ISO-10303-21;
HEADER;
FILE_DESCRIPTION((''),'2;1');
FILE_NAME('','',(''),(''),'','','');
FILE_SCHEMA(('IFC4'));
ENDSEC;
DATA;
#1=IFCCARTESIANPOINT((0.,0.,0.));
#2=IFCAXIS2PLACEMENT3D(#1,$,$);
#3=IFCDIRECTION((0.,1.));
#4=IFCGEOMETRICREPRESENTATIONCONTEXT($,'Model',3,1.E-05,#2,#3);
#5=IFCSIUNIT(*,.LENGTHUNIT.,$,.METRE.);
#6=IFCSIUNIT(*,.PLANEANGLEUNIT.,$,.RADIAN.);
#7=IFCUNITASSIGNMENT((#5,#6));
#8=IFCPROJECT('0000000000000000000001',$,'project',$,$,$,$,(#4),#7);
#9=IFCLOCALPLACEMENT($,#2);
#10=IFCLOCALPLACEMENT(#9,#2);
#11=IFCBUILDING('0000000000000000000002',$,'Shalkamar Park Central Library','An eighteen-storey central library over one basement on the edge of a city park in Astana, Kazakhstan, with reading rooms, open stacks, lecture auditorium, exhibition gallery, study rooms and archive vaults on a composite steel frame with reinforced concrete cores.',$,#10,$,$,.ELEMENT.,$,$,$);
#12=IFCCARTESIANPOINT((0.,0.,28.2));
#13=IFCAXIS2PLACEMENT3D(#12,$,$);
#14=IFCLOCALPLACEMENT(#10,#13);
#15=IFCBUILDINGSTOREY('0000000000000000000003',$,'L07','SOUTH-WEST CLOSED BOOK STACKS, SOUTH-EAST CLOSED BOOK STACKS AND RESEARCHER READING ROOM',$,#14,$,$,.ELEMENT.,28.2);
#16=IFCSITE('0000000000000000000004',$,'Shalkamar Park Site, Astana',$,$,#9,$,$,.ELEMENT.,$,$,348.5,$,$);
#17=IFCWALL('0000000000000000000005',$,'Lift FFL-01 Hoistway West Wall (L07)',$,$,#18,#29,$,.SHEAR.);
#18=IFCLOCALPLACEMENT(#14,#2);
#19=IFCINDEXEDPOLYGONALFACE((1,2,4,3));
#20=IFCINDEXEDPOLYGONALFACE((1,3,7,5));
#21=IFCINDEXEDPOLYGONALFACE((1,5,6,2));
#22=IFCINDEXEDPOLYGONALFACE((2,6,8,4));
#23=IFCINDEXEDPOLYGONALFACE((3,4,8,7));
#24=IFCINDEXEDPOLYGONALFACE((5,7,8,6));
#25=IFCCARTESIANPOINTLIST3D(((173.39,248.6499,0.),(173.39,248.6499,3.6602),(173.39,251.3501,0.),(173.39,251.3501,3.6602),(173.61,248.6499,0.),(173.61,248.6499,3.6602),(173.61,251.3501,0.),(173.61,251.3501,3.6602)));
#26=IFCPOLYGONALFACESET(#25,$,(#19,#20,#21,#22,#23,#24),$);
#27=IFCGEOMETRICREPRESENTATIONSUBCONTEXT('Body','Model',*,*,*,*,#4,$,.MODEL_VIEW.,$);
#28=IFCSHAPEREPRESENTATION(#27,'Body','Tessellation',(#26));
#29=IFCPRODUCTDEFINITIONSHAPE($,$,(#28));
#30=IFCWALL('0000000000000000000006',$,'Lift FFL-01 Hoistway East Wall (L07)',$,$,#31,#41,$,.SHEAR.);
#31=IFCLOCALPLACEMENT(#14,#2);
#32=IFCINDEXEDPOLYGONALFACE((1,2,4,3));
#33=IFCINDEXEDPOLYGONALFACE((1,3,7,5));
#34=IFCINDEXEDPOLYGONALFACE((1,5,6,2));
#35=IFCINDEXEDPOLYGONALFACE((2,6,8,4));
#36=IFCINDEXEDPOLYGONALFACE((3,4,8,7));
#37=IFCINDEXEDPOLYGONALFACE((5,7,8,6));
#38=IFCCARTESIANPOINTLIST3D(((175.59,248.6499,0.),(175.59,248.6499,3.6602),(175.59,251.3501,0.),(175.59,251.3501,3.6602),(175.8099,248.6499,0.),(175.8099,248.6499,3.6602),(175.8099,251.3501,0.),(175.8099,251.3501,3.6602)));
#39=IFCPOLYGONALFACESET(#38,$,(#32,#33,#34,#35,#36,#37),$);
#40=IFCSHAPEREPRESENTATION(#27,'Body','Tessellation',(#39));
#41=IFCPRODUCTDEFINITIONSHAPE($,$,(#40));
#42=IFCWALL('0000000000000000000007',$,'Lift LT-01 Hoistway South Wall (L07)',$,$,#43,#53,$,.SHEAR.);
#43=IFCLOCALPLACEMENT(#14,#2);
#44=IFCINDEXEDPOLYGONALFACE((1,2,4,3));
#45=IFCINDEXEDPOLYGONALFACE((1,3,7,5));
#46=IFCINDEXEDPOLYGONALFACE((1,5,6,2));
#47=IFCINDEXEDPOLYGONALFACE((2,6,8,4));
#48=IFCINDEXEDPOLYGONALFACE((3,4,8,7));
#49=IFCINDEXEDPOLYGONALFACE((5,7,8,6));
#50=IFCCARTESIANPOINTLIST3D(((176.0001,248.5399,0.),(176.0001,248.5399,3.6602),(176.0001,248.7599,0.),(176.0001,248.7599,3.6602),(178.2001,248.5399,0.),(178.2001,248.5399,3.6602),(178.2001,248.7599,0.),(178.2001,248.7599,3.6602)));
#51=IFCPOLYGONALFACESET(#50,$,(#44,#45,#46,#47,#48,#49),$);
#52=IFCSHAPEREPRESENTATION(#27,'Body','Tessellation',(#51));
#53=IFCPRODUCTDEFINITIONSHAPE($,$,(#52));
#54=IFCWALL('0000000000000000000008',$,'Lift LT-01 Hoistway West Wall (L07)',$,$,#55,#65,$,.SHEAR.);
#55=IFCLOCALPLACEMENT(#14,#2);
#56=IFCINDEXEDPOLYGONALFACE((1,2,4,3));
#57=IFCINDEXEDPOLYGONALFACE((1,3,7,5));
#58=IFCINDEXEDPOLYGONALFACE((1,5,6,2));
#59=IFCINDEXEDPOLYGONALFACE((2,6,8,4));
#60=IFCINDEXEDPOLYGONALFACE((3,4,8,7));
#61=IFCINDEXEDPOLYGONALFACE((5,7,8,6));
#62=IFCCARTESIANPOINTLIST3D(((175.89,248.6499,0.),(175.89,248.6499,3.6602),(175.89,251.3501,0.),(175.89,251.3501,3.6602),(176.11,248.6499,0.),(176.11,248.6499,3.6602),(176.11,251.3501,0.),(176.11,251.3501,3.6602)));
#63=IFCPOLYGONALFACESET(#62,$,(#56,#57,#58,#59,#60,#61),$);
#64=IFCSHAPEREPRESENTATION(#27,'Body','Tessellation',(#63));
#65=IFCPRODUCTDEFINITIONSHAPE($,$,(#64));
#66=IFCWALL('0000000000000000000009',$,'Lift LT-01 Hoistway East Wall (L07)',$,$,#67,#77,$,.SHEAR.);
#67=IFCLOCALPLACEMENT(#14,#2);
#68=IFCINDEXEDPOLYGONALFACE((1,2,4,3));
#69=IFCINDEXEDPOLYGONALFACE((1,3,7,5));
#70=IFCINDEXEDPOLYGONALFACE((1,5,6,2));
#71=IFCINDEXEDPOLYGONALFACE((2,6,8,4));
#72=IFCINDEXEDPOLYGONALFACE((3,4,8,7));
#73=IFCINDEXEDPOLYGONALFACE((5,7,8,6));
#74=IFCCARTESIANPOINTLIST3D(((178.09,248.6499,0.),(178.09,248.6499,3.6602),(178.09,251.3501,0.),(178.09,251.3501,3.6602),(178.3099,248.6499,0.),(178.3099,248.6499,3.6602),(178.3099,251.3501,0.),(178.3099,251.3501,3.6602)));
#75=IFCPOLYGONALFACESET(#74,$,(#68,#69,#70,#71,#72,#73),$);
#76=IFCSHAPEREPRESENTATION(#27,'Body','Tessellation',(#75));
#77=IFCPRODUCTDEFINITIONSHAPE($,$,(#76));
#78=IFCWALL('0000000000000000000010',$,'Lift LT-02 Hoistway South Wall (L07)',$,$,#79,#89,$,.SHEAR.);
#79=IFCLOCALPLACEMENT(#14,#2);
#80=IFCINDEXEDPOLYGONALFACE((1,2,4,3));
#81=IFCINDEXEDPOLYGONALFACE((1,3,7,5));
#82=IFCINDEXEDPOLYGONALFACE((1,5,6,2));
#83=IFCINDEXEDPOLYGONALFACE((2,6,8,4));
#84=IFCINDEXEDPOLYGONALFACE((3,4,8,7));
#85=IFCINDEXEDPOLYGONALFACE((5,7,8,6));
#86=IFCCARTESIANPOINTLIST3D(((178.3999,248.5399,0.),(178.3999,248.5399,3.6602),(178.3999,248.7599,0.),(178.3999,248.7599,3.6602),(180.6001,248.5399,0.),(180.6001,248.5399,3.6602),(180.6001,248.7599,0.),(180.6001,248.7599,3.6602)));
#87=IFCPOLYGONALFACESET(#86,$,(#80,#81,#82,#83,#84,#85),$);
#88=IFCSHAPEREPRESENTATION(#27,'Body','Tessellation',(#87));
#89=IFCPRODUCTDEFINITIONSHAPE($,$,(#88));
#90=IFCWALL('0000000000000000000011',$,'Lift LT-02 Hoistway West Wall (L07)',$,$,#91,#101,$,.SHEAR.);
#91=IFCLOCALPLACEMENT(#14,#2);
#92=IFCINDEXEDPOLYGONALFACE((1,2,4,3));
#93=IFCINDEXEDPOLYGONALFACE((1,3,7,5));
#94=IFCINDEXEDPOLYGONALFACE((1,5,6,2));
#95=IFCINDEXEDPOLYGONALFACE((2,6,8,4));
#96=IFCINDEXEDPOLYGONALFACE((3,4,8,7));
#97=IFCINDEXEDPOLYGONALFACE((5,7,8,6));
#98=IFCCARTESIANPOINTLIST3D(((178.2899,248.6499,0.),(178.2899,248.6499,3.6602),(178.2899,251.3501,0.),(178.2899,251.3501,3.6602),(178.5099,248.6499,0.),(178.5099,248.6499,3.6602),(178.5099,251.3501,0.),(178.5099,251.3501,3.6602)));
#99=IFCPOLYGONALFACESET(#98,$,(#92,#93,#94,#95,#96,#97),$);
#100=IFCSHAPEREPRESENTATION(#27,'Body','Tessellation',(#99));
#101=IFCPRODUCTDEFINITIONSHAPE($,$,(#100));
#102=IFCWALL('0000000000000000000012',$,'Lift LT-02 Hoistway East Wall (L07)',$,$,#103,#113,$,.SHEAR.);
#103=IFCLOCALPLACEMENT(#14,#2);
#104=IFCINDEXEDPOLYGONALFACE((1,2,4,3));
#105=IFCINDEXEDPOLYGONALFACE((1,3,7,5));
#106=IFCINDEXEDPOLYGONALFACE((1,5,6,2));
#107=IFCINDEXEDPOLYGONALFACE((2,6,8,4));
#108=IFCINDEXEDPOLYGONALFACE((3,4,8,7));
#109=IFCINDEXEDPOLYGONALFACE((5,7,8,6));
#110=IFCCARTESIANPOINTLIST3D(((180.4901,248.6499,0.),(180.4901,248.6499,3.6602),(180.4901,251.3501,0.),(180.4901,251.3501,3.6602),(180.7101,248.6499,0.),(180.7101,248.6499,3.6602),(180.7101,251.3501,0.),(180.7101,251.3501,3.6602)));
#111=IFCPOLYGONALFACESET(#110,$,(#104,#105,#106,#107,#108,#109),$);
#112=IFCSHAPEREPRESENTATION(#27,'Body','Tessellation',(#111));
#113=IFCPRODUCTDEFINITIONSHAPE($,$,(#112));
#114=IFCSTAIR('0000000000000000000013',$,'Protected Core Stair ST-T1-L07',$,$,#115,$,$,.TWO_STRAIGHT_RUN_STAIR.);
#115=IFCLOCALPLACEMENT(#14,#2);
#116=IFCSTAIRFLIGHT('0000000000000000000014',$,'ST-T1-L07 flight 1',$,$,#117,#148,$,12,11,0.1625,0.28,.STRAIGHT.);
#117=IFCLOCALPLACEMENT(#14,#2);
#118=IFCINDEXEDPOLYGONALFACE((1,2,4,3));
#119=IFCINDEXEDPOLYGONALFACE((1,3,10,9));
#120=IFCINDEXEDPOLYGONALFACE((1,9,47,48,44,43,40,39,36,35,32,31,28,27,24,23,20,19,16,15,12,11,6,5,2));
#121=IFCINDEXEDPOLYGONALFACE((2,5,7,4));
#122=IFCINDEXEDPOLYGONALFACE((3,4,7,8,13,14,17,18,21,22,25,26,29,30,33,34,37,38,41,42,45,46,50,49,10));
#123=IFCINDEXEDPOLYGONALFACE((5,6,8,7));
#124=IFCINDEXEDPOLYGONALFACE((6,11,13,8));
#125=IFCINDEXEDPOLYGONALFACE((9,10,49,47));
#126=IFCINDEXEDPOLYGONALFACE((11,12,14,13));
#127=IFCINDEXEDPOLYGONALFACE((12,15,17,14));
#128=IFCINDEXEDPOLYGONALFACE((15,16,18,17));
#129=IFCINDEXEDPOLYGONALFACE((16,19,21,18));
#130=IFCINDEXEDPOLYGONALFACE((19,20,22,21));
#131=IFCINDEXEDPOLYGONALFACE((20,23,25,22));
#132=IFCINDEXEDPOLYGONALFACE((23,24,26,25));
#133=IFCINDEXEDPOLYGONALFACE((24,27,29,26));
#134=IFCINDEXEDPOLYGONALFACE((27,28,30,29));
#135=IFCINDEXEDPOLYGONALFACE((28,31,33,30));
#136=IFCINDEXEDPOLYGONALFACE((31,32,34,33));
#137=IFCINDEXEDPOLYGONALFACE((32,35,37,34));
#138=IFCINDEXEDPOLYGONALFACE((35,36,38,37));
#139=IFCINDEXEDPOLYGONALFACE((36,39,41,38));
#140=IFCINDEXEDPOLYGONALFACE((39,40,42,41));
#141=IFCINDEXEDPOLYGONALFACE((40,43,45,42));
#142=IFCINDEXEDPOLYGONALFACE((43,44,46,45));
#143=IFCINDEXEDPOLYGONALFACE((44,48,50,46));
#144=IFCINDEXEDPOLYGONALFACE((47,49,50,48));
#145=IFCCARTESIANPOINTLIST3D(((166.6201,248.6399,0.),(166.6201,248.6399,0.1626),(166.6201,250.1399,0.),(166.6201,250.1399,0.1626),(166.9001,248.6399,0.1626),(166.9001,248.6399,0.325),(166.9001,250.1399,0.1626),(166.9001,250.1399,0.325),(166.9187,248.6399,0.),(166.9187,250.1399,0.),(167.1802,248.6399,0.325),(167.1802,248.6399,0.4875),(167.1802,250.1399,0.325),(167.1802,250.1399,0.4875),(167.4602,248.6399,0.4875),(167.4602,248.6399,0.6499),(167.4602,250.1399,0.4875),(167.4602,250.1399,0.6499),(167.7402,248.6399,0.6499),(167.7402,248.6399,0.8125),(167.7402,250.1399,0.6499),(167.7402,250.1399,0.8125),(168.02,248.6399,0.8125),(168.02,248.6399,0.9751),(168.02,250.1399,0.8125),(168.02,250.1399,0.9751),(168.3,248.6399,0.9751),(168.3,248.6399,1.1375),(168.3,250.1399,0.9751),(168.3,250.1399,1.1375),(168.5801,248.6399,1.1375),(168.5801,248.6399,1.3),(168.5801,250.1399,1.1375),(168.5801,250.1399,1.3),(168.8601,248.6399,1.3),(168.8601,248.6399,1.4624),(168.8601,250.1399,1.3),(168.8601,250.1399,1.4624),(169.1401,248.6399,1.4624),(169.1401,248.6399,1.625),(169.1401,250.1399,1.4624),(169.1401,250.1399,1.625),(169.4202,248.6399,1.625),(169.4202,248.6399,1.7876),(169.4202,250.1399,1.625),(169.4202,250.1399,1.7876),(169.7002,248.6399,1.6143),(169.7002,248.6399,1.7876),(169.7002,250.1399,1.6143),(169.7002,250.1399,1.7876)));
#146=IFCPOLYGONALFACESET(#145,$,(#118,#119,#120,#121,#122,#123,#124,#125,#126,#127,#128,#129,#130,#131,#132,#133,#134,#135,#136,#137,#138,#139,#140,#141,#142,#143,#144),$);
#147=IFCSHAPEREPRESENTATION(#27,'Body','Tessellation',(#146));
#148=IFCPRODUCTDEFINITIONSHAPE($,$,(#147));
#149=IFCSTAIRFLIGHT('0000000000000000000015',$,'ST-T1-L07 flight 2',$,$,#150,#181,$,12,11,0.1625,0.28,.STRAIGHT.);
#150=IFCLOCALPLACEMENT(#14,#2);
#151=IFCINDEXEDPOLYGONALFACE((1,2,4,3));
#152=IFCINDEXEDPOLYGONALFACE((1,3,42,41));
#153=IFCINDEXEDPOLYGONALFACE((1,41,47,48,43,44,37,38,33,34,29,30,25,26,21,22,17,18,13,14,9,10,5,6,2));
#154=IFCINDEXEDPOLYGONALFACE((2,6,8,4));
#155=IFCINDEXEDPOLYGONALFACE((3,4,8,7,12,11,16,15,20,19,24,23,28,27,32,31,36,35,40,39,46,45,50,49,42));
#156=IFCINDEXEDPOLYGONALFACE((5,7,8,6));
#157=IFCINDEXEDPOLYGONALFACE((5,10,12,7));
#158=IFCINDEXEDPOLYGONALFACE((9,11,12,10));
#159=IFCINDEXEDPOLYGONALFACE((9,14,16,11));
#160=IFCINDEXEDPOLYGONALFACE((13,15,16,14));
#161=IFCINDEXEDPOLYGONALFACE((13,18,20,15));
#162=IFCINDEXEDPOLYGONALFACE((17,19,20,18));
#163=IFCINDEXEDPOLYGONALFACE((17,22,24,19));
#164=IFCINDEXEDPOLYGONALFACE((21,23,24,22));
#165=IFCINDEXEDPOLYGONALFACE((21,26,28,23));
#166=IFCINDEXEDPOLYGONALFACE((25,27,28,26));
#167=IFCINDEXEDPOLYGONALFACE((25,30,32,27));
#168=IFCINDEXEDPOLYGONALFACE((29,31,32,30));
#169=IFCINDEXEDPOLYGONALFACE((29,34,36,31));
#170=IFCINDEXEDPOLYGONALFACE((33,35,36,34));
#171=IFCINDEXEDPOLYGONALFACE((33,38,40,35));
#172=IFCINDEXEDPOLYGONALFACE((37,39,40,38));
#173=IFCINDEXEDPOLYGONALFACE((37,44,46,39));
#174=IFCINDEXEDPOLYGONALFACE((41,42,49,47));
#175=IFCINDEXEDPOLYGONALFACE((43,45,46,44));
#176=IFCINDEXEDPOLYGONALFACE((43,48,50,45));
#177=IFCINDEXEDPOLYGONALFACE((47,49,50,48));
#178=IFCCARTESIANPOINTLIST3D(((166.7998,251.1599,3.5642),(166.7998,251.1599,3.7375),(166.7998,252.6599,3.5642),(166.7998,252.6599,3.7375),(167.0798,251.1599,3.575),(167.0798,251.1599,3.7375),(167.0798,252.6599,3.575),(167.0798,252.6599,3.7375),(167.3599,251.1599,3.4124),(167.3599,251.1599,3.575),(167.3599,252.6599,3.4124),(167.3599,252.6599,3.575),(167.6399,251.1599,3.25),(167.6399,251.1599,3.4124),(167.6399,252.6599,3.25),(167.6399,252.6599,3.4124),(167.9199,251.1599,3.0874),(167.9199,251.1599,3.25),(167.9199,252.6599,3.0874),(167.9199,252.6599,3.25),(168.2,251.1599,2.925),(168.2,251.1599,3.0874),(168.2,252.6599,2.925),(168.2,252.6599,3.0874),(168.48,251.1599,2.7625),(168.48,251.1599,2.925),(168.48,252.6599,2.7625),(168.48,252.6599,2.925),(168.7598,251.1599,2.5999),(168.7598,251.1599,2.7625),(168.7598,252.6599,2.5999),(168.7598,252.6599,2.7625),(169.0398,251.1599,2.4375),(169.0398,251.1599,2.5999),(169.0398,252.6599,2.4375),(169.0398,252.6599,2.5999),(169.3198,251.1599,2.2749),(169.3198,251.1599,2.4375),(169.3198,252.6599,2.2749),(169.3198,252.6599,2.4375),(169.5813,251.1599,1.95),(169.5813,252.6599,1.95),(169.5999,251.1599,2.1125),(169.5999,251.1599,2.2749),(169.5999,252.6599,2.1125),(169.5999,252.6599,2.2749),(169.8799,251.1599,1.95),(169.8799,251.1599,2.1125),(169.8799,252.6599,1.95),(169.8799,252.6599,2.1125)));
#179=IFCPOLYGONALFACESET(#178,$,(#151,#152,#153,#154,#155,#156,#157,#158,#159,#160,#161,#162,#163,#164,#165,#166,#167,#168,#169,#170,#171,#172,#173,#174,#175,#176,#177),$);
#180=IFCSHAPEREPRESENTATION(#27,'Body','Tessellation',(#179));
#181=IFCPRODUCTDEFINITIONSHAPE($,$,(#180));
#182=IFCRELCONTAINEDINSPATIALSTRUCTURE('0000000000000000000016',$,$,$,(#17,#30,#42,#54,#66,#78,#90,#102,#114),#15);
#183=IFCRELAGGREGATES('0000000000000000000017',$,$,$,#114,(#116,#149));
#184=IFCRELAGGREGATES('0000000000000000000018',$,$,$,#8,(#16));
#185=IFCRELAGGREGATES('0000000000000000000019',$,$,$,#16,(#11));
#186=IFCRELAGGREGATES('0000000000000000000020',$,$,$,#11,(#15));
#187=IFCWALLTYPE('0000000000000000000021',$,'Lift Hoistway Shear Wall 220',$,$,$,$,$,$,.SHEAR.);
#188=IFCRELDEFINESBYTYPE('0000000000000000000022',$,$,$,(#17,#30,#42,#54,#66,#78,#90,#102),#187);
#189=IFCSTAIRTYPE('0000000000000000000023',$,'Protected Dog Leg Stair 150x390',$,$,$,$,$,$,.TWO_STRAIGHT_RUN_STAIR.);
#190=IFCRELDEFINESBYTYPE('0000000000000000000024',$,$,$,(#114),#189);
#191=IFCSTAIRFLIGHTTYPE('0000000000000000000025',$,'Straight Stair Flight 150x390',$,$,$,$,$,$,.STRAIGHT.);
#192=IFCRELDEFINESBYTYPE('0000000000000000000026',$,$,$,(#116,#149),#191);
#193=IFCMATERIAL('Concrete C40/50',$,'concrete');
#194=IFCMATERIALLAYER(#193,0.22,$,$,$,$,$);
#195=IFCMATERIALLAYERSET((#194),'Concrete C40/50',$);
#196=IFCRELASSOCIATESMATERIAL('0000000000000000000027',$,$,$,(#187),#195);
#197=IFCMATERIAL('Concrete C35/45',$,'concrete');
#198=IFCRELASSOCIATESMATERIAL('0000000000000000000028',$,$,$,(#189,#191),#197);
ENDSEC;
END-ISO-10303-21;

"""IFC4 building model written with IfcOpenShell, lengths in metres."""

from ifc_helpers import new_model, si_unit, direction, frame, frame_2d, origin, place, context, subcontext, project, spatial, polyline, rectangle, outline, extrude, material, layer, layer_set, type_object, element, aggregate, save


model = new_model("IFC4")

# Units and contexts
model_context = context("Model", 3, precision=1e-05, world=origin(), true_north=direction((0.0, 1.0)))
body_context = subcontext(model_context, "Body", "Model", "MODEL_VIEW")
ifc_project = project(units=[si_unit("LENGTHUNIT", "METRE"), si_unit("PLANEANGLEUNIT", "RADIAN")], contexts=[model_context])

# Site, building, storey
site_placement = place(None, origin())
site = spatial("IfcSite", under=ifc_project, at=site_placement, Name="Shalkamar Park Site, Astana", CompositionType="ELEMENT", RefElevation=348.5)
building_placement = place(site_placement, origin())
building = spatial("IfcBuilding", under=site, at=building_placement, Name="Shalkamar Park Central Library", Description="An eighteen-storey central library over one basement on the edge of a city park in Astana, Kazakhstan, with reading rooms, open stacks, lecture auditorium, exhibition gallery, study rooms and archive vaults on a composite steel frame with reinforced concrete cores.", CompositionType="ELEMENT")
storey_placement = place(building_placement, frame((0.0, 0.0, 28.2)))
storey = spatial("IfcBuildingStorey", under=building, at=storey_placement, Name="L07", Description="SOUTH-WEST CLOSED BOOK STACKS, SOUTH-EAST CLOSED BOOK STACKS AND RESEARCHER READING ROOM", CompositionType="ELEMENT", Elevation=28.2)

# Walls
ifc_material_1 = material(Name="Concrete C40/50", Category="concrete")
ifc_layer_1 = layer(ifc_material_1, 0.22)
ifc_layer_set_1 = layer_set([ifc_layer_1], Name="Concrete C40/50")
wall_type_1 = type_object("IfcWallType", Name="Lift Hoistway Shear Wall 220", PredefinedType="SHEAR", material=ifc_layer_set_1)
for number, where, z_axis, x_axis, name in (
    (1, (173.5, 248.6499, 0.0), (0.0, 0.0, 1.0), (0.0, 1.0, 0.0), "Lift FFL-01 Hoistway West Wall (L07)"),
    (2, (175.7, 248.6499, 0.0), (0.0, 0.0, 1.0), (0.0, 1.0, 0.0), "Lift FFL-01 Hoistway East Wall (L07)"),
):
    element("IfcWall", number, at=place(storey_placement, frame(where, z_axis=z_axis, x_axis=x_axis)), inside=storey, type_object=wall_type_1, Name=name, PredefinedType="SHEAR", context=body_context, shape_type="SweptSolid", body=[
        extrude(rectangle(XDim=2.7002, YDim=0.22, at=frame_2d((1.3501, 0.0))), origin(), (0.0, 0.0, 1.0), 3.6602),
    ])

# Walls
wall_1_placement = place(storey_placement, frame((176.0, 248.6499, 0.0), z_axis=(0.0, 0.0, 1.0), x_axis=(1.0, 0.0, 0.0)))
element("IfcWall", 3, at=wall_1_placement, inside=storey, type_object=wall_type_1, Name="Lift LT-01 Hoistway South Wall (L07)", PredefinedType="SHEAR", context=body_context, shape_type="SweptSolid", body=[
    extrude(rectangle(XDim=2.2, YDim=0.22, at=frame_2d((1.1001, 0.0))), origin(), (0.0, 0.0, 1.0), 3.6602),
])
for number, where, z_axis, x_axis, name in (
    (4, (176.0, 248.6499, 0.0), (0.0, 0.0, 1.0), (0.0, 1.0, 0.0), "Lift LT-01 Hoistway West Wall (L07)"),
    (5, (178.2, 248.6499, 0.0), (0.0, 0.0, 1.0), (0.0, 1.0, 0.0), "Lift LT-01 Hoistway East Wall (L07)"),
):
    element("IfcWall", number, at=place(storey_placement, frame(where, z_axis=z_axis, x_axis=x_axis)), inside=storey, type_object=wall_type_1, Name=name, PredefinedType="SHEAR", context=body_context, shape_type="SweptSolid", body=[
        extrude(rectangle(XDim=2.7002, YDim=0.22, at=frame_2d((1.3501, 0.0))), origin(), (0.0, 0.0, 1.0), 3.6602),
    ])

# Walls
wall_2_placement = place(storey_placement, frame((178.3999, 248.6499, 0.0), z_axis=(0.0, 0.0, 1.0), x_axis=(1.0, 0.0, 0.0)))
element("IfcWall", 6, at=wall_2_placement, inside=storey, type_object=wall_type_1, Name="Lift LT-02 Hoistway South Wall (L07)", PredefinedType="SHEAR", context=body_context, shape_type="SweptSolid", body=[
    extrude(rectangle(XDim=2.2002, YDim=0.22, at=frame_2d((1.1001, 0.0))), origin(), (0.0, 0.0, 1.0), 3.6602),
])
for number, where, z_axis, x_axis, name in (
    (7, (178.3999, 248.6499, 0.0), (0.0, 0.0, 1.0), (0.0, 1.0, 0.0), "Lift LT-02 Hoistway West Wall (L07)"),
    (8, (180.6001, 248.6499, 0.0), (0.0, 0.0, 1.0), (0.0, 1.0, 0.0), "Lift LT-02 Hoistway East Wall (L07)"),
):
    element("IfcWall", number, at=place(storey_placement, frame(where, z_axis=z_axis, x_axis=x_axis)), inside=storey, type_object=wall_type_1, Name=name, PredefinedType="SHEAR", context=body_context, shape_type="SweptSolid", body=[
        extrude(rectangle(XDim=2.7002, YDim=0.22, at=frame_2d((1.3501, 0.0))), origin(), (0.0, 0.0, 1.0), 3.6602),
    ])

# Stair, stair flights
ifc_material_2 = material(Name="Concrete C35/45", Category="concrete")
stair_type = type_object("IfcStairType", Name="Protected Dog Leg Stair 150x390", PredefinedType="TWO_STRAIGHT_RUN_STAIR", material=ifc_material_2)
stair_placement = place(storey_placement, origin())
stair = element("IfcStair", 9, at=stair_placement, inside=storey, type_object=stair_type, Name="Protected Core Stair ST-T1-L07", PredefinedType="TWO_STRAIGHT_RUN_STAIR")
stair_flight_type = type_object("IfcStairFlightType", Name="Straight Stair Flight 150x390", PredefinedType="STRAIGHT", material=ifc_material_2)
stair_flight_1_placement = place(storey_placement, frame((166.6201, 249.3899, 0.0), z_axis=(0.0, 0.0, 1.0), x_axis=(1.0, 0.0, 0.0)))
stair_flight_1 = element("IfcStairFlight", 10, at=stair_flight_1_placement, type_object=stair_flight_type, Name="ST-T1-L07 flight 1", NumberOfRisers=12, NumberOfTreads=11, PredefinedType="STRAIGHT", RiserHeight=0.1625, TreadLength=0.28, context=body_context, shape_type="SweptSolid", body=[
    extrude(outline(polyline([(0.0, 0.0), (0.0, 0.1626), (0.28, 0.1626), (0.28, 0.325), (0.5601, 0.325), (0.5601, 0.4875), (0.8401, 0.4875), (0.8401, 0.6499), (1.1201, 0.6499), (1.1201, 0.8125), (1.3999, 0.8125), (1.3999, 0.9751), (1.6799, 0.9751), (1.6799, 1.1375), (1.96, 1.1375), (1.96, 1.3), (2.24, 1.3), (2.24, 1.4624), (2.52, 1.4624), (2.52, 1.625), (2.8, 1.625), (2.8, 1.7876), (3.0801, 1.7876), (3.0801, 1.95), (3.0801, 1.6143), (0.2986, 0.0), (0.0, 0.0)])), frame((0.0, 0.75, 0.0), z_axis=(0.0, -1.0, 0.0), x_axis=(1.0, 0.0, 0.0)), (0.0, 0.0, 1.0), 1.5),
])
stair_flight_2_placement = place(storey_placement, frame((169.8799, 251.9099, 1.95), z_axis=(0.0, 0.0, 1.0), x_axis=(-1.0, 0.0, 0.0)))
stair_flight_2 = element("IfcStairFlight", 11, at=stair_flight_2_placement, type_object=stair_flight_type, Name="ST-T1-L07 flight 2", NumberOfRisers=12, NumberOfTreads=11, PredefinedType="STRAIGHT", RiserHeight=0.1625, TreadLength=0.28, context=body_context, shape_type="SweptSolid", body=[
    extrude(outline(polyline([(0.0, 0.0), (0.0, 0.1626), (0.28, 0.1626), (0.28, 0.325), (0.5601, 0.325), (0.5601, 0.4875), (0.8401, 0.4875), (0.8401, 0.6499), (1.1201, 0.6499), (1.1201, 0.8125), (1.3999, 0.8125), (1.3999, 0.9751), (1.6799, 0.9751), (1.6799, 1.1375), (1.96, 1.1375), (1.96, 1.3), (2.24, 1.3), (2.24, 1.4624), (2.52, 1.4624), (2.52, 1.625), (2.8, 1.625), (2.8, 1.7876), (3.0801, 1.7876), (3.0801, 1.95), (3.0801, 1.6143), (0.2986, 0.0), (0.0, 0.0)])), frame((0.0, 0.75, 0.0), z_axis=(0.0, -1.0, 0.0), x_axis=(1.0, 0.0, 0.0)), (0.0, 0.0, 1.0), 1.5),
])
aggregate(stair, [stair_flight_1, stair_flight_2])

save(model, "model.ifc")
